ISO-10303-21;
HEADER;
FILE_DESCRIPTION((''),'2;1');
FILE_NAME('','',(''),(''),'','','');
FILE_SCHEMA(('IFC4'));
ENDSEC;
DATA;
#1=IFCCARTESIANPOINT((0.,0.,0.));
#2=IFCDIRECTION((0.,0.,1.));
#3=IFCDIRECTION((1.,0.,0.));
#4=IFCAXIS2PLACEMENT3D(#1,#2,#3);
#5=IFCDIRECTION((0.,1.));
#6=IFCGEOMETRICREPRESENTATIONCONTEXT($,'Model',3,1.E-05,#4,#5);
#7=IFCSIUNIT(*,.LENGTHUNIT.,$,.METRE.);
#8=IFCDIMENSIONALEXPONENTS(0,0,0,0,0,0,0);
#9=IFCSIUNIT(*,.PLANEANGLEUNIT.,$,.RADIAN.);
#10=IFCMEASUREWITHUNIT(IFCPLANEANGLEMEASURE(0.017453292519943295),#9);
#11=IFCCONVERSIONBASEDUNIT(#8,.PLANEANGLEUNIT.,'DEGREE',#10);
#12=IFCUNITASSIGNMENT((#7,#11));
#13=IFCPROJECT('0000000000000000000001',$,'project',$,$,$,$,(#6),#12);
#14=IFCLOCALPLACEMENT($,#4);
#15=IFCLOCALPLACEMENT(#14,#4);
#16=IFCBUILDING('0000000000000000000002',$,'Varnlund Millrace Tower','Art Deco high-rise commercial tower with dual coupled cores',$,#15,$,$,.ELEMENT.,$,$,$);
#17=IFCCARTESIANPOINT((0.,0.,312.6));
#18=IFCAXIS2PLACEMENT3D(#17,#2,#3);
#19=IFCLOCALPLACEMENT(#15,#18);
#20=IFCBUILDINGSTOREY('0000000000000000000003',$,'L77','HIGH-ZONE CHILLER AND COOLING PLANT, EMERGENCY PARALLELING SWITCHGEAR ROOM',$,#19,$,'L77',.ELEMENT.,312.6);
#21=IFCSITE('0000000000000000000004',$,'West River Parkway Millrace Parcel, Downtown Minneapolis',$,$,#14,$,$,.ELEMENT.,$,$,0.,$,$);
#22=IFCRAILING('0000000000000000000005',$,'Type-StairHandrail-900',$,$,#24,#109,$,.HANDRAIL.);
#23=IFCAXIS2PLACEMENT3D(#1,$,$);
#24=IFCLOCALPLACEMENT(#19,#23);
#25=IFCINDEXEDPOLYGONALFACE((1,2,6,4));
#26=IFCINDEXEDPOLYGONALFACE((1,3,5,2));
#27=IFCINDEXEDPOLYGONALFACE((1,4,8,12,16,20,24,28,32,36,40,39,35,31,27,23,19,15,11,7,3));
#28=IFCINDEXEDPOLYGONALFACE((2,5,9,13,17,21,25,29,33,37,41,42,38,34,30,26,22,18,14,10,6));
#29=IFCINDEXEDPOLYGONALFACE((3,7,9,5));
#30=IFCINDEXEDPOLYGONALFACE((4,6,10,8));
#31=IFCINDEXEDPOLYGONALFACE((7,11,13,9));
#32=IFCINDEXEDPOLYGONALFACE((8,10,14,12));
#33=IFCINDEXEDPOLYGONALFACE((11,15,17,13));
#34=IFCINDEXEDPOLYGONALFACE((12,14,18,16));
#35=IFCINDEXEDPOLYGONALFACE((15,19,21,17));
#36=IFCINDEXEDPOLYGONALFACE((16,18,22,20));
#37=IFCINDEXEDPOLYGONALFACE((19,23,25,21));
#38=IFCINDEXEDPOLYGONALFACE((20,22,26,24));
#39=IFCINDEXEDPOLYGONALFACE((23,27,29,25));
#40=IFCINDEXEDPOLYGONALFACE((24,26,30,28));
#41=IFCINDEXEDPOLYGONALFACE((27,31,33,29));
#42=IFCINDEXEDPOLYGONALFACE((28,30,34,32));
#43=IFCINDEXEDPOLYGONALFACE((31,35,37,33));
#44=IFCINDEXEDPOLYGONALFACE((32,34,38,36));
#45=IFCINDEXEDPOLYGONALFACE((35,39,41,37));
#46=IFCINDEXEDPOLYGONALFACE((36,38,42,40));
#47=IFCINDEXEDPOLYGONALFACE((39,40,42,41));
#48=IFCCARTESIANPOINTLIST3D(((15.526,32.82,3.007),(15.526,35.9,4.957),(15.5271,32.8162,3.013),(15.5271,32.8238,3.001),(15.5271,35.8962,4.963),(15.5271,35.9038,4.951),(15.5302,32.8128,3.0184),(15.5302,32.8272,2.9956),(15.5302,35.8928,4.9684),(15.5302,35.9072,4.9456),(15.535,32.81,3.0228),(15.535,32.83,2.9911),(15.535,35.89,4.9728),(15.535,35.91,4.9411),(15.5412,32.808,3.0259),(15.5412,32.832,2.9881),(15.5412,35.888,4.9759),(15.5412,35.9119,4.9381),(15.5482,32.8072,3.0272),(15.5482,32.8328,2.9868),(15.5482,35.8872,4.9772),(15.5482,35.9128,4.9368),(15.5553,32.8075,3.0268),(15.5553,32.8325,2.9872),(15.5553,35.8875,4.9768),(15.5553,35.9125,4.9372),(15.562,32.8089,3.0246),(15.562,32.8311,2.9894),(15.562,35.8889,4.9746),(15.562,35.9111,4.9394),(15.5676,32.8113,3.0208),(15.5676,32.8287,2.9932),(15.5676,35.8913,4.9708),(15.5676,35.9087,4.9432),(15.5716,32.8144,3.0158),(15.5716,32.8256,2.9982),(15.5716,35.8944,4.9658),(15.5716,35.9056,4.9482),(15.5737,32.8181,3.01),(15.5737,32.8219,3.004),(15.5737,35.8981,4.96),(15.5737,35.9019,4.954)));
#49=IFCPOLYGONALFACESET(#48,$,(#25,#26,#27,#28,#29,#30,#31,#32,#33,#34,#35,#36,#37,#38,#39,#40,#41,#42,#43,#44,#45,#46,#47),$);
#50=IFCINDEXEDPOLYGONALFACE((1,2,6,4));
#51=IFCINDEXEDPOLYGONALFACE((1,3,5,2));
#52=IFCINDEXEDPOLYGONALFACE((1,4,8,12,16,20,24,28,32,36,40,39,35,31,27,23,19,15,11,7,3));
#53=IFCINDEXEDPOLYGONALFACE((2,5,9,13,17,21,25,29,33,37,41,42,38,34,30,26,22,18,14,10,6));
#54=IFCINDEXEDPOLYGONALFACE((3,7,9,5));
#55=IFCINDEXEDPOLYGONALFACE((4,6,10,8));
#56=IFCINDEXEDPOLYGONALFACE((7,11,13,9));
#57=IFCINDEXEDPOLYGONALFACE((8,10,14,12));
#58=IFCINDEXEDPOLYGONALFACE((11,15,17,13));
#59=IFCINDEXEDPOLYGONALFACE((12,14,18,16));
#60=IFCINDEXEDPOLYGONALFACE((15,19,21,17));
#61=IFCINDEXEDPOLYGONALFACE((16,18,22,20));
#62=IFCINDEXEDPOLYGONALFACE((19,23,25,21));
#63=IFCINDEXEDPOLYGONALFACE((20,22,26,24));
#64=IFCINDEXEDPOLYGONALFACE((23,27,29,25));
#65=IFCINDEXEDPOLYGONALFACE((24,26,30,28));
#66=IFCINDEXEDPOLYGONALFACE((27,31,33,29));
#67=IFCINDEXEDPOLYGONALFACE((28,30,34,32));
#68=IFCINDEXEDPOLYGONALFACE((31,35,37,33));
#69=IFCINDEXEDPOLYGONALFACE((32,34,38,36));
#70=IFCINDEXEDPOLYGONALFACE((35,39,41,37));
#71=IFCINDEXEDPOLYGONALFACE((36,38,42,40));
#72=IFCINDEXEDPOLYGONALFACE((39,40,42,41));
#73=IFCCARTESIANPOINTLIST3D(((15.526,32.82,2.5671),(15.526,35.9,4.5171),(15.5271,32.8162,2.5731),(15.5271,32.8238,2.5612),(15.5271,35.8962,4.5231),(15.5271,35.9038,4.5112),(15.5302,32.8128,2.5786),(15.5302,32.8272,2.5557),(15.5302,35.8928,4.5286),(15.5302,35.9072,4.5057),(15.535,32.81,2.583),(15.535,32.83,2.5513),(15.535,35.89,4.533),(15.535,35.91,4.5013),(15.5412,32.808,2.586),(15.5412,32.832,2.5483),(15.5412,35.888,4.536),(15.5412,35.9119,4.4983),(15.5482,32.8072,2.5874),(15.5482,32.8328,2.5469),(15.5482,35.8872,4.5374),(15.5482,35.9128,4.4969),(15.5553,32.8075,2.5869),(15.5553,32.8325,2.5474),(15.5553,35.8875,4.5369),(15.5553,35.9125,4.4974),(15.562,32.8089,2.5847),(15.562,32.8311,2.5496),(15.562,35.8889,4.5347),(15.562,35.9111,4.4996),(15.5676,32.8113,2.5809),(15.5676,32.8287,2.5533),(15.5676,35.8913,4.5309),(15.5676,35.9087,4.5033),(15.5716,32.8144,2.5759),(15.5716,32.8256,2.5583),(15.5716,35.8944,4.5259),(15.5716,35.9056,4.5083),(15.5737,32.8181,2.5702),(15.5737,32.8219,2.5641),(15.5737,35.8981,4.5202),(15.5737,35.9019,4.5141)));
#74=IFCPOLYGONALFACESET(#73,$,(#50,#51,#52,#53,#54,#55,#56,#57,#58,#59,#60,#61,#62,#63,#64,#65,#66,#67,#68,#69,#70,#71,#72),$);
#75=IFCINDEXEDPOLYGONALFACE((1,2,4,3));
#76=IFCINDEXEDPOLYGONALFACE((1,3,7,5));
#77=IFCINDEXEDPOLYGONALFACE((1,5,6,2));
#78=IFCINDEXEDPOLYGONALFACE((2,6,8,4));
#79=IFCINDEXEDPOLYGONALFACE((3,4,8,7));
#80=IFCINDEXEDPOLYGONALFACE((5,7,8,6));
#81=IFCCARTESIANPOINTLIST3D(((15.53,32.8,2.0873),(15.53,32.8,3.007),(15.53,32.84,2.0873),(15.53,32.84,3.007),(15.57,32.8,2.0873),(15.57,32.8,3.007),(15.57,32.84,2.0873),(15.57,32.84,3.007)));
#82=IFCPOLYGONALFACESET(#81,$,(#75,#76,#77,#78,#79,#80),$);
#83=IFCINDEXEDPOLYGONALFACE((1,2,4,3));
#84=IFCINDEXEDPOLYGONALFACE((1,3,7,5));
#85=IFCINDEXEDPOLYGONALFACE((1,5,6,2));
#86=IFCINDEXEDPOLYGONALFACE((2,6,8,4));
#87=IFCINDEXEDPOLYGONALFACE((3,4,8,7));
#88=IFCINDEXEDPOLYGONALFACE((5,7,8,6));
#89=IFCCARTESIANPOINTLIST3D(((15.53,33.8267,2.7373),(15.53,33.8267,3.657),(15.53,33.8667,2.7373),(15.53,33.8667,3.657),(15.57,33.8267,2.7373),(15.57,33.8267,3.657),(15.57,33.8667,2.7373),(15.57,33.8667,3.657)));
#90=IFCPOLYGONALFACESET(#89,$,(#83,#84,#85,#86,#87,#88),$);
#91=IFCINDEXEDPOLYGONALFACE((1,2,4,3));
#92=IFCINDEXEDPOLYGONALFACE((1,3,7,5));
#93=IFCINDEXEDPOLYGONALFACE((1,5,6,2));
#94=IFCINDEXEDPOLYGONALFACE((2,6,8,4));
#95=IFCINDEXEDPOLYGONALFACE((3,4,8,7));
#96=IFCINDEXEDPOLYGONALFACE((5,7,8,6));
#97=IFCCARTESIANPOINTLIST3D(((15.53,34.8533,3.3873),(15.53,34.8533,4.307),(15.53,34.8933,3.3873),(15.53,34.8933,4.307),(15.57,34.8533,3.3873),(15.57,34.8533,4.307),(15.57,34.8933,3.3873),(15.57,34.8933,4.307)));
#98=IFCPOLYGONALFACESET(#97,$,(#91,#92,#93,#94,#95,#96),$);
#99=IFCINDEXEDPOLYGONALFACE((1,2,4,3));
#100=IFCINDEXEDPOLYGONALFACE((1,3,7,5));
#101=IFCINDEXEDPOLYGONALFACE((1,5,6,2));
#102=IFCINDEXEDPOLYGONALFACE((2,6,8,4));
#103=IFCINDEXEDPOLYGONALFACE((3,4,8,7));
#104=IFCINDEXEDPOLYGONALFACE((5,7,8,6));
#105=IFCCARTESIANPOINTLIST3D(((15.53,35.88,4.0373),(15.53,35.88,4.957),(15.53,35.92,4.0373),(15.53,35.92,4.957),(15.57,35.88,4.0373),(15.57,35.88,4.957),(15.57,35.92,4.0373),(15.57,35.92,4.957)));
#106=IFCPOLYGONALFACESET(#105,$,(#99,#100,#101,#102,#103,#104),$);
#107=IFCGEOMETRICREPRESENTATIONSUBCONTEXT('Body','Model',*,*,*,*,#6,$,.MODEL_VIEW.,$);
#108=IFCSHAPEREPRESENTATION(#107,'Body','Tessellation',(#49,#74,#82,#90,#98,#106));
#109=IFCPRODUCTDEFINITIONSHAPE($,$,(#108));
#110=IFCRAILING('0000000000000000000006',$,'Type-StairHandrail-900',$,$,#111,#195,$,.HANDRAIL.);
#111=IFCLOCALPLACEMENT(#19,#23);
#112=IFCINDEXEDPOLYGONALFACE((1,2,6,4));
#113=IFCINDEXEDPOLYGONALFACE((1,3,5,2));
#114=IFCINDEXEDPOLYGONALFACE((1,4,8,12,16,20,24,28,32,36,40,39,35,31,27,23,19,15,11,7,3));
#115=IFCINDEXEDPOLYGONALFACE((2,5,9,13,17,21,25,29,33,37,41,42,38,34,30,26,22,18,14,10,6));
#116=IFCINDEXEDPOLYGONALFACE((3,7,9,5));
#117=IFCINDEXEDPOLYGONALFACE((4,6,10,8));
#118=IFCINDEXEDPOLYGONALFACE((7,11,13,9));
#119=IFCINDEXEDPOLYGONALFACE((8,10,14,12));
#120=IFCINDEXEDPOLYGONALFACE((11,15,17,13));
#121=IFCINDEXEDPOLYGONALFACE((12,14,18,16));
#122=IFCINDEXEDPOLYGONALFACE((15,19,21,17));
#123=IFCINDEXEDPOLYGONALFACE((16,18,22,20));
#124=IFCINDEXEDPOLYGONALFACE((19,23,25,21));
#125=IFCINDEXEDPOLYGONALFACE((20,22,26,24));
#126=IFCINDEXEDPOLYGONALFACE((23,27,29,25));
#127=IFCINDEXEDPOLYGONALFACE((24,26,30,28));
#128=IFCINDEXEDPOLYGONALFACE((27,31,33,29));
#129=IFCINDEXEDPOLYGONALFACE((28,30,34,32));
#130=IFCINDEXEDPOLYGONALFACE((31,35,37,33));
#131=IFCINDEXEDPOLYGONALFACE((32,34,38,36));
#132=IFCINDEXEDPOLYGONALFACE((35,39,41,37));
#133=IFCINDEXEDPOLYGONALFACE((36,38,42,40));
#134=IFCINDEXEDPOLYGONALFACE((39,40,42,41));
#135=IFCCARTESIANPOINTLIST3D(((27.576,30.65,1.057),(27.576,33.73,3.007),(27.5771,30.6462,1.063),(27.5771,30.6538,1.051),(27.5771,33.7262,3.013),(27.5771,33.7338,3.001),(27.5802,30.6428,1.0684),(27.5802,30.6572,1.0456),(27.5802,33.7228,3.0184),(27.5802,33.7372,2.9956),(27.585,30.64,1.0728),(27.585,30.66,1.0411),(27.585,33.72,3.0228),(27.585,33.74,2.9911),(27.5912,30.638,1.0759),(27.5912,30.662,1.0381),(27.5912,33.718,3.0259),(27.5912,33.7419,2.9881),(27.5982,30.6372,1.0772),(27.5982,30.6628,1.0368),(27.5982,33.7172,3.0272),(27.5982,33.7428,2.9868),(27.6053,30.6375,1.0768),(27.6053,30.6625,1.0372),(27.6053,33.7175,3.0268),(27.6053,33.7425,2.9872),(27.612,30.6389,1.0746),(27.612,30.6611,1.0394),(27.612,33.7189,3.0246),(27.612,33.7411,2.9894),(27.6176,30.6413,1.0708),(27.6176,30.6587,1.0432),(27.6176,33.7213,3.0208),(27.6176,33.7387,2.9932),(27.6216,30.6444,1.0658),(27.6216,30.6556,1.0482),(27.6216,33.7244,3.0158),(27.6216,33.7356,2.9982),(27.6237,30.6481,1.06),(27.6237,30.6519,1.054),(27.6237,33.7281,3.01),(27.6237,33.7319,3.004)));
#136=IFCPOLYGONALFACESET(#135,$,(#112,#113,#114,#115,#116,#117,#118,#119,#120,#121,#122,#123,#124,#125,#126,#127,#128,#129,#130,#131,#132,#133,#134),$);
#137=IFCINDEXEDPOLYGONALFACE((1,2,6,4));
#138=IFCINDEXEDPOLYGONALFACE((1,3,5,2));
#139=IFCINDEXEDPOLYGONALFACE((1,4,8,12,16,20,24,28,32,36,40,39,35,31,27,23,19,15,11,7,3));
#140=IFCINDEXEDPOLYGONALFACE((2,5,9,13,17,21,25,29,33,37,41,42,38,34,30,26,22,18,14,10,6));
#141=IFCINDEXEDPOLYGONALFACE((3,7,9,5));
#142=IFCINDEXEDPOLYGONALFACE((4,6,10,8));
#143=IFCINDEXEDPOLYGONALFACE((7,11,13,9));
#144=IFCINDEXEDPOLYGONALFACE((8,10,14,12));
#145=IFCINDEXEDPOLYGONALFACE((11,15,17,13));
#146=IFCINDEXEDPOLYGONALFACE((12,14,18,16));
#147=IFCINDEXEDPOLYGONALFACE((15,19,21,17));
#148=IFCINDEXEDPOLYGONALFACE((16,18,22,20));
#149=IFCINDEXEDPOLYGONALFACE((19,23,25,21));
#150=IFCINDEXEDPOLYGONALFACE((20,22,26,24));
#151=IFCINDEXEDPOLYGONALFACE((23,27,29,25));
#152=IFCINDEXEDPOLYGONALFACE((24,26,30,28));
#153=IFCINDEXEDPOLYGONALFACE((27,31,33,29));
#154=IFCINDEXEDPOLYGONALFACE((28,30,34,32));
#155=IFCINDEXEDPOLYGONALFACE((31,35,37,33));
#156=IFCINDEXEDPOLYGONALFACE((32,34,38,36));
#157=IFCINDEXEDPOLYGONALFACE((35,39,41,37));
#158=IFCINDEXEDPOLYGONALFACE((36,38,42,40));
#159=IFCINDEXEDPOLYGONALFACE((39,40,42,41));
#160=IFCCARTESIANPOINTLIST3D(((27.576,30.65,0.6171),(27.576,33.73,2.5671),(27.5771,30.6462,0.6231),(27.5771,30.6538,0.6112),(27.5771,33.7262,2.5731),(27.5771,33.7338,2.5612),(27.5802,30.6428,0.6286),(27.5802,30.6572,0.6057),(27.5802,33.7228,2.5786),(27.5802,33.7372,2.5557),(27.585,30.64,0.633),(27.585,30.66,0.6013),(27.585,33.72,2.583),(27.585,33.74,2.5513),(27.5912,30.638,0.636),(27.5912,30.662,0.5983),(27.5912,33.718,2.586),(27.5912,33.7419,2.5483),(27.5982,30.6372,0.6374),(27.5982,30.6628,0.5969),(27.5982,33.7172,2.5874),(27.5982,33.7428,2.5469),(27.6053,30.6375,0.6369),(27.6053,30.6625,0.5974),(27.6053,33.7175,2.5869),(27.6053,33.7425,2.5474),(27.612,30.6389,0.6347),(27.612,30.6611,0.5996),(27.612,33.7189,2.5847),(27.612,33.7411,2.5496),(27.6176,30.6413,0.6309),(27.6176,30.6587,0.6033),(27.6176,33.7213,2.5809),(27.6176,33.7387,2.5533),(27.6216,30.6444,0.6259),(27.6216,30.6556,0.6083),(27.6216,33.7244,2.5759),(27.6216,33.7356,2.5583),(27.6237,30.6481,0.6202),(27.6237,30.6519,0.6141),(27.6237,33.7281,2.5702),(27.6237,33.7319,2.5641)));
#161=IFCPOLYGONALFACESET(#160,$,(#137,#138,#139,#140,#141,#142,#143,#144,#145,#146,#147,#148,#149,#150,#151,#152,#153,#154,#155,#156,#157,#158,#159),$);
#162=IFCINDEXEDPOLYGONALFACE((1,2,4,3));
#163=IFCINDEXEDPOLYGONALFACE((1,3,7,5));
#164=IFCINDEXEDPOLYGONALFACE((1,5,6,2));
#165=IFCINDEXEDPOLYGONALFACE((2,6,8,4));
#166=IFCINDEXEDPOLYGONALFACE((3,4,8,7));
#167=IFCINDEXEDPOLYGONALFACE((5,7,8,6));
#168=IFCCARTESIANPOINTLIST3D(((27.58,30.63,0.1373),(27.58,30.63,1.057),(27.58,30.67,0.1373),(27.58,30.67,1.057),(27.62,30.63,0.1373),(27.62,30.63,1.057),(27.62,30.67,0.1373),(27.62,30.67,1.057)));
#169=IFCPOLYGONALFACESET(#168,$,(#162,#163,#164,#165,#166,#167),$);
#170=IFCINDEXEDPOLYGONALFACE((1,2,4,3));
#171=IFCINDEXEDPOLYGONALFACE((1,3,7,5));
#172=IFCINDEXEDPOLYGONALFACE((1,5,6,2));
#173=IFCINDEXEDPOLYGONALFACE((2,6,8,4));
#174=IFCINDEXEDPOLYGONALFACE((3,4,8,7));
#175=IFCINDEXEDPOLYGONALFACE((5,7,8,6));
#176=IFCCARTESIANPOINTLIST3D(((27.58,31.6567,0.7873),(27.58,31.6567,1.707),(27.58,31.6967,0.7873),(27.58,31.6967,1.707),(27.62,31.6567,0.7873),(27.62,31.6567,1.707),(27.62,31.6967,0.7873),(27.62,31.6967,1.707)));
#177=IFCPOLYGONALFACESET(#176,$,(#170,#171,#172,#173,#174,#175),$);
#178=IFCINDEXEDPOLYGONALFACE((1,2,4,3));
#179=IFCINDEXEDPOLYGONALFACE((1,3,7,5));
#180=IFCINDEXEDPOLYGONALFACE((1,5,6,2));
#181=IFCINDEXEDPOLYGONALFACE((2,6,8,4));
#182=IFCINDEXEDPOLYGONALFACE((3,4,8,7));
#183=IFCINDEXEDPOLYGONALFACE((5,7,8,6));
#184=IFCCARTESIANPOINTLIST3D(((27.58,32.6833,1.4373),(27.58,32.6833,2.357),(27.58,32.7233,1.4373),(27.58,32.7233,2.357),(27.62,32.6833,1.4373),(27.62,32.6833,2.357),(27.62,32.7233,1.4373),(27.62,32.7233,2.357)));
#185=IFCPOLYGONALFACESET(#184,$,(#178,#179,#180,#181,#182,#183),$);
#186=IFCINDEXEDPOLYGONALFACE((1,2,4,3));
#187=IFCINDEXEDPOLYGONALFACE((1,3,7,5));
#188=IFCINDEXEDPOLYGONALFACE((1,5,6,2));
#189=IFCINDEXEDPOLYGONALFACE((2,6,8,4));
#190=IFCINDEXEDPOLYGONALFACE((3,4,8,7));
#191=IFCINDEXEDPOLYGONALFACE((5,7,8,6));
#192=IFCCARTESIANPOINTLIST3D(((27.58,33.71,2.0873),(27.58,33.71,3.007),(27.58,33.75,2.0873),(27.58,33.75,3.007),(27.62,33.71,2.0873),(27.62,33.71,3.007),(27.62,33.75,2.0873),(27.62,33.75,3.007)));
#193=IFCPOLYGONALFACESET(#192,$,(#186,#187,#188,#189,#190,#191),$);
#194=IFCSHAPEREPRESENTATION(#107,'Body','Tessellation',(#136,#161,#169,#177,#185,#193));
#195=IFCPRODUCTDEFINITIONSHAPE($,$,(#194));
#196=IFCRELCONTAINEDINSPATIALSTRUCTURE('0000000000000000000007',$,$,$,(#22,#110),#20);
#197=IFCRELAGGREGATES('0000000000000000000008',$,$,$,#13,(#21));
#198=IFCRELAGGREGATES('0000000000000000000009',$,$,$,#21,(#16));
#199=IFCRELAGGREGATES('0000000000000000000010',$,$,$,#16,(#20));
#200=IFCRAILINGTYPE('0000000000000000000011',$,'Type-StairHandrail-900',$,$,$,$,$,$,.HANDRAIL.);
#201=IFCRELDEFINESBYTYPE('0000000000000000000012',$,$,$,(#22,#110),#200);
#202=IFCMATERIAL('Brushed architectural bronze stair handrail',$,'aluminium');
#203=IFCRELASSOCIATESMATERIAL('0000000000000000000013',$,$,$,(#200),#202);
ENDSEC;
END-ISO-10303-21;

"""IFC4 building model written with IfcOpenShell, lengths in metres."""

from ifc_helpers import new_model, entity, si_unit, converted_unit, direction, frame, origin_with_axes, origin_2d_with_axis, place, context, subcontext, project, spatial, rectangle, circle, extrude, material, type_object, element, save


model = new_model("IFC4")

# Units and contexts
model_context = context("Model", 3, precision=1e-05, world=origin_with_axes(), true_north=direction((0.0, 1.0)))
body_context = subcontext(model_context, "Body", "Model", "MODEL_VIEW")
ifc_project = project(units=[si_unit("LENGTHUNIT", "METRE"), converted_unit("PLANEANGLEUNIT", "DEGREE", entity("IfcPlaneAngleMeasure", 0.017453292519943295), si_unit("PLANEANGLEUNIT", "RADIAN"), dimensions=[0, 0, 0, 0, 0, 0, 0])], contexts=[model_context])

# Site, building, storey
site_placement = place(None, origin_with_axes())
site = spatial("IfcSite", under=ifc_project, at=site_placement, Name="West River Parkway Millrace Parcel, Downtown Minneapolis", CompositionType="ELEMENT", RefElevation=0.0)
building_placement = place(site_placement, origin_with_axes())
building = spatial("IfcBuilding", under=site, at=building_placement, Name="Varnlund Millrace Tower", Description="Art Deco high-rise commercial tower with dual coupled cores", CompositionType="ELEMENT")
storey_placement = place(building_placement, frame((0.0, 0.0, 312.6), z_axis=(0.0, 0.0, 1.0), x_axis=(1.0, 0.0, 0.0)))
storey = spatial("IfcBuildingStorey", under=building, at=storey_placement, Name="L77", Description="HIGH-ZONE CHILLER AND COOLING PLANT, EMERGENCY PARALLELING SWITCHGEAR ROOM", LongName="L77", CompositionType="ELEMENT", Elevation=312.6)

# Railings
ifc_material_1 = material(Name="Brushed architectural bronze stair handrail", Category="aluminium")
railing_type_1 = type_object("IfcRailingType", Name="Type-StairHandrail-900", PredefinedType="HANDRAIL", material=ifc_material_1)
railing_1_placement = place(storey_placement, frame((0.0, 0.0, -312.6), z_axis=(0.0, 0.0, 1.0), x_axis=(1.0, 0.0, 0.0)))
element("IfcRailing", 1, at=railing_1_placement, inside=storey, type_object=railing_type_1, Name="Type-StairHandrail-900", PredefinedType="HANDRAIL", context=body_context, shape_type="SweptSolid", body=[
    extrude(circle(Radius=0.024, at=origin_2d_with_axis()), frame((15.55, 32.82, 315.607), z_axis=(0.0, 0.844902, 0.534922), x_axis=(-1.0, 0.0, 0.0)), (0.0, 0.0, 1.0), 3.6454),
    extrude(circle(Radius=0.024, at=origin_2d_with_axis()), frame((15.55, 32.82, 315.1671), z_axis=(0.0, 0.844902, 0.534922), x_axis=(-1.0, 0.0, 0.0)), (0.0, 0.0, 1.0), 3.6454),
    extrude(rectangle(XDim=0.04, YDim=0.04, at=origin_2d_with_axis()), frame((15.55, 32.82, 314.6873), z_axis=(0.0, 0.0, 1.0), x_axis=(1.0, 0.0, 0.0)), (0.0, 0.0, 1.0), 0.9197),
    extrude(rectangle(XDim=0.04, YDim=0.04, at=origin_2d_with_axis()), frame((15.55, 33.8467, 315.3373), z_axis=(0.0, 0.0, 1.0), x_axis=(1.0, 0.0, 0.0)), (0.0, 0.0, 1.0), 0.9197),
    extrude(rectangle(XDim=0.04, YDim=0.04, at=origin_2d_with_axis()), frame((15.55, 34.8733, 315.9873), z_axis=(0.0, 0.0, 1.0), x_axis=(1.0, 0.0, 0.0)), (0.0, 0.0, 1.0), 0.9197),
    extrude(rectangle(XDim=0.04, YDim=0.04, at=origin_2d_with_axis()), frame((15.55, 35.9, 316.6373), z_axis=(0.0, 0.0, 1.0), x_axis=(1.0, 0.0, 0.0)), (0.0, 0.0, 1.0), 0.9197),
])
railing_2_placement = place(storey_placement, frame((0.0, 0.0, -312.6), z_axis=(0.0, 0.0, 1.0), x_axis=(1.0, 0.0, 0.0)))
element("IfcRailing", 2, at=railing_2_placement, inside=storey, type_object=railing_type_1, Name="Type-StairHandrail-900", PredefinedType="HANDRAIL", context=body_context, shape_type="SweptSolid", body=[
    extrude(circle(Radius=0.024, at=origin_2d_with_axis()), frame((27.6, 30.65, 313.657), z_axis=(0.0, 0.844902, 0.534922), x_axis=(-1.0, 0.0, 0.0)), (0.0, 0.0, 1.0), 3.6454),
    extrude(circle(Radius=0.024, at=origin_2d_with_axis()), frame((27.6, 30.65, 313.2171), z_axis=(0.0, 0.844902, 0.534922), x_axis=(-1.0, 0.0, 0.0)), (0.0, 0.0, 1.0), 3.6454),
    extrude(rectangle(XDim=0.04, YDim=0.04, at=origin_2d_with_axis()), frame((27.6, 30.65, 312.7373), z_axis=(0.0, 0.0, 1.0), x_axis=(1.0, 0.0, 0.0)), (0.0, 0.0, 1.0), 0.9197),
    extrude(rectangle(XDim=0.04, YDim=0.04, at=origin_2d_with_axis()), frame((27.6, 31.6767, 313.3873), z_axis=(0.0, 0.0, 1.0), x_axis=(1.0, 0.0, 0.0)), (0.0, 0.0, 1.0), 0.9197),
    extrude(rectangle(XDim=0.04, YDim=0.04, at=origin_2d_with_axis()), frame((27.6, 32.7033, 314.0373), z_axis=(0.0, 0.0, 1.0), x_axis=(1.0, 0.0, 0.0)), (0.0, 0.0, 1.0), 0.9197),
    extrude(rectangle(XDim=0.04, YDim=0.04, at=origin_2d_with_axis()), frame((27.6, 33.73, 314.6873), z_axis=(0.0, 0.0, 1.0), x_axis=(1.0, 0.0, 0.0)), (0.0, 0.0, 1.0), 0.9197),
])

save(model, "model.ifc")
